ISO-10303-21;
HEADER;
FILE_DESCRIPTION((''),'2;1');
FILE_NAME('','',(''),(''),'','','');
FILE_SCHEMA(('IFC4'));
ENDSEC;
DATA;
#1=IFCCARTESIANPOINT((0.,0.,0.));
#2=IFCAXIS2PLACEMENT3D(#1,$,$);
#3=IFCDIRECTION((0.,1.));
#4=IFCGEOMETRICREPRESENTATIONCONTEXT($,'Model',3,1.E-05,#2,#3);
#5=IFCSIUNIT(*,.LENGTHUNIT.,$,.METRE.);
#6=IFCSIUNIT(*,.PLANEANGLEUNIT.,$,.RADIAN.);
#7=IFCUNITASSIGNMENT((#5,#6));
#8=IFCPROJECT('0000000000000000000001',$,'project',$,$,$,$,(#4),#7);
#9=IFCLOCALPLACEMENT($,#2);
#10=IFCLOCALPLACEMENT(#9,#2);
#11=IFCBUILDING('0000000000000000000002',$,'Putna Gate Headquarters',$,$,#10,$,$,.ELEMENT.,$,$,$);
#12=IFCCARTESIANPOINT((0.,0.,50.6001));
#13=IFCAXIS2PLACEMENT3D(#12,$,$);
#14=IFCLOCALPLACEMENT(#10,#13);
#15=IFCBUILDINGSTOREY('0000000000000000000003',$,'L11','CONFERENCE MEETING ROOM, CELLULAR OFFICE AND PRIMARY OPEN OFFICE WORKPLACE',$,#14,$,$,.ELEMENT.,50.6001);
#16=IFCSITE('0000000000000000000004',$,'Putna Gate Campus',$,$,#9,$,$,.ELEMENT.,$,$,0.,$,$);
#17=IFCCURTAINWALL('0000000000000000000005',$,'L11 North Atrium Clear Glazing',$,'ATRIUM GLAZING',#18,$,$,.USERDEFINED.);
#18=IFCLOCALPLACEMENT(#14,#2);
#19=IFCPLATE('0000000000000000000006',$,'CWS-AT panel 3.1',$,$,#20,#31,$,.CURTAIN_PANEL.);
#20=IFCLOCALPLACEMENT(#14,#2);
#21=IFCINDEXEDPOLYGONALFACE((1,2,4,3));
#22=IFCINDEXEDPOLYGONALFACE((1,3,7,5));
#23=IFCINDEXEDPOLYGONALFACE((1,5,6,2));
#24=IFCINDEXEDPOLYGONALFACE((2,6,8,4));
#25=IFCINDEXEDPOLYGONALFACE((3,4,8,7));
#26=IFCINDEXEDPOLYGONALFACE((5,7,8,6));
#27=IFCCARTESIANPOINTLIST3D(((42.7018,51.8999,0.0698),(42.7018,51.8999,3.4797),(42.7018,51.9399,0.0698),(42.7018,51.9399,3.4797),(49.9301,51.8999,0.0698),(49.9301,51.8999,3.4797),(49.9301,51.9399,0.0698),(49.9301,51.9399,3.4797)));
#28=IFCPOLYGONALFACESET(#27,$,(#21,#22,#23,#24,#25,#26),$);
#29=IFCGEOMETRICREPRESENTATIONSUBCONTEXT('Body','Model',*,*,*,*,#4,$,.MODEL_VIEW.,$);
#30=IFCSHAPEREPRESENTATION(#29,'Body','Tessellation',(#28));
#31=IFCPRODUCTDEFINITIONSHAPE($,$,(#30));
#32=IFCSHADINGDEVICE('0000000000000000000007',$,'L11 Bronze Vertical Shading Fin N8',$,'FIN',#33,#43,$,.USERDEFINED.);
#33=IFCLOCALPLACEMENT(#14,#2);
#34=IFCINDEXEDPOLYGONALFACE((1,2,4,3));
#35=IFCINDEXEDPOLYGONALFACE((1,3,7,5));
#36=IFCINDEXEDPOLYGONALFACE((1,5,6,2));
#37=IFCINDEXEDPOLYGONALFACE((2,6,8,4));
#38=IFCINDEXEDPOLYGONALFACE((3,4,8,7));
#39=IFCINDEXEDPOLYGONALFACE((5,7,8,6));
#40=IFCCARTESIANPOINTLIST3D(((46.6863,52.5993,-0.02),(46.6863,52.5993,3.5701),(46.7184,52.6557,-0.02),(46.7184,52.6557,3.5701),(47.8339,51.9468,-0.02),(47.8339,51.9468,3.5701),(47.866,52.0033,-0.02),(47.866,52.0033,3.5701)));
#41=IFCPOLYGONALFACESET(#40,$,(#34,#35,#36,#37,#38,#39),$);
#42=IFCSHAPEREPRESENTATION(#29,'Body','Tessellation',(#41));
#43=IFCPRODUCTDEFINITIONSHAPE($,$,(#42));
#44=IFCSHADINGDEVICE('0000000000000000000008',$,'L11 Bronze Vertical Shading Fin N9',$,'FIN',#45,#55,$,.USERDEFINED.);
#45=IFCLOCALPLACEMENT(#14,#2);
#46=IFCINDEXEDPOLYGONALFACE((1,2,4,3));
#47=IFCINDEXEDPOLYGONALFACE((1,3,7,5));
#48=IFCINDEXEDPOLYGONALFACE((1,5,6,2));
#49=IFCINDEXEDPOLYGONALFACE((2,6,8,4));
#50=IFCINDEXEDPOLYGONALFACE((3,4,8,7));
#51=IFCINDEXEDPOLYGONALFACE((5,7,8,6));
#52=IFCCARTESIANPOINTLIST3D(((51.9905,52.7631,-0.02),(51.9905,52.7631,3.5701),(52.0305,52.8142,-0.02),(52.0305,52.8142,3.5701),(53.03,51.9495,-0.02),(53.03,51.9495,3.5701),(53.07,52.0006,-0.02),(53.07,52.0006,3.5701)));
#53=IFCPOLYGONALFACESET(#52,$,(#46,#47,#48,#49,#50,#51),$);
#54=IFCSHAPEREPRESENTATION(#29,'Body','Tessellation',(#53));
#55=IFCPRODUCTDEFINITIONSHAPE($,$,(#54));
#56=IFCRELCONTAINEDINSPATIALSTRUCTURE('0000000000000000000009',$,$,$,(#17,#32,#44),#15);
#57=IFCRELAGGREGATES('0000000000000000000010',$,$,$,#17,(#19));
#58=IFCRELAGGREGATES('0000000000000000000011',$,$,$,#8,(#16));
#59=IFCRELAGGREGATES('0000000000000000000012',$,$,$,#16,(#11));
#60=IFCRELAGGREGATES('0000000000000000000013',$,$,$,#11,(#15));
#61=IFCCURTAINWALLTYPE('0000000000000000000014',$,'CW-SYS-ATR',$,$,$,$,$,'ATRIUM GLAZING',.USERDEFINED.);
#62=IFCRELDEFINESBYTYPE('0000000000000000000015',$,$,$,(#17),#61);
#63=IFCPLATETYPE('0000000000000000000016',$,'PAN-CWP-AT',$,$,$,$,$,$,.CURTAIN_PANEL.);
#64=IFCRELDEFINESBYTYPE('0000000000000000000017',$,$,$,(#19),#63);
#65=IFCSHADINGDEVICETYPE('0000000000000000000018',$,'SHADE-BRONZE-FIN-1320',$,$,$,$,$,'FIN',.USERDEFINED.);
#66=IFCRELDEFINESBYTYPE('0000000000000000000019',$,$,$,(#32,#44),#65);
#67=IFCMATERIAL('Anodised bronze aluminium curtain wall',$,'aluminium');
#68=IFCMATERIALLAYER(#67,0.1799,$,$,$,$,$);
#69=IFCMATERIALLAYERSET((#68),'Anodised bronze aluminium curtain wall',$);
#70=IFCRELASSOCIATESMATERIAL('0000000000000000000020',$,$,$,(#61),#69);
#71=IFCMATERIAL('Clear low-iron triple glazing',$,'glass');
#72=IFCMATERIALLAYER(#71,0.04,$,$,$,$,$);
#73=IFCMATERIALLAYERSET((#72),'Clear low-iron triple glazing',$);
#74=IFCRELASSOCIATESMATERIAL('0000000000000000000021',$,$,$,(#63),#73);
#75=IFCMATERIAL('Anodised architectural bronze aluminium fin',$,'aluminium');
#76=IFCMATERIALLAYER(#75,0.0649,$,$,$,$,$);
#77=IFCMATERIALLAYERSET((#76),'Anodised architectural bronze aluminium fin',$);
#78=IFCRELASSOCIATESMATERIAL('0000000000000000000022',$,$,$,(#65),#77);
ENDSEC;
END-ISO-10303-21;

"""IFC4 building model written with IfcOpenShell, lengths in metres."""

from ifc_helpers import new_model, si_unit, direction, frame, origin, origin_2d, place, context, subcontext, project, spatial, rectangle, extrude, material, layer, layer_set, type_object, element, aggregate, save


model = new_model("IFC4")

# Units and contexts
model_context = context("Model", 3, precision=1e-05, world=origin(), true_north=direction((0.0, 1.0)))
body_context = subcontext(model_context, "Body", "Model", "MODEL_VIEW")
ifc_project = project(units=[si_unit("LENGTHUNIT", "METRE"), si_unit("PLANEANGLEUNIT", "RADIAN")], contexts=[model_context])

# Site, building, storey
site_placement = place(None, origin())
site = spatial("IfcSite", under=ifc_project, at=site_placement, Name="Putna Gate Campus", CompositionType="ELEMENT", RefElevation=0.0)
building_placement = place(site_placement, origin())
building = spatial("IfcBuilding", under=site, at=building_placement, Name="Putna Gate Headquarters", CompositionType="ELEMENT")
storey_placement = place(building_placement, frame((0.0, 0.0, 50.6001)))
storey = spatial("IfcBuildingStorey", under=building, at=storey_placement, Name="L11", Description="CONFERENCE MEETING ROOM, CELLULAR OFFICE AND PRIMARY OPEN OFFICE WORKPLACE", CompositionType="ELEMENT", Elevation=50.6001)

# Shared definitions
ifc_material_1 = material(Name="Anodised bronze aluminium curtain wall", Category="aluminium")

# Curtain wall
ifc_layer_1 = layer(ifc_material_1, 0.1799)
ifc_layer_set_1 = layer_set([ifc_layer_1], Name="Anodised bronze aluminium curtain wall")
curtain_wall_type_1 = type_object("IfcCurtainWallType", Name="CW-SYS-ATR", ElementType="ATRIUM GLAZING", PredefinedType="USERDEFINED", material=ifc_layer_set_1)
curtain_wall_1_placement = place(storey_placement, origin())
curtain_wall_1 = element("IfcCurtainWall", 1, at=curtain_wall_1_placement, inside=storey, type_object=curtain_wall_type_1, Name="L11 North Atrium Clear Glazing", ObjectType="ATRIUM GLAZING", PredefinedType="USERDEFINED")

# Plate
ifc_material_2 = material(Name="Clear low-iron triple glazing", Category="glass")
ifc_layer_2 = layer(ifc_material_2, 0.04)
ifc_layer_set_2 = layer_set([ifc_layer_2], Name="Clear low-iron triple glazing")
plate_type_1 = type_object("IfcPlateType", Name="PAN-CWP-AT", PredefinedType="CURTAIN_PANEL", material=ifc_layer_set_2)
plate_1_placement = place(storey_placement, frame((46.3159, 51.9199, 0.0698), z_axis=(0.0, 0.0, 1.0), x_axis=(1.0, 0.0, 0.0)))
plate_1 = element("IfcPlate", 2, at=plate_1_placement, type_object=plate_type_1, Name="CWS-AT panel 3.1", PredefinedType="CURTAIN_PANEL", context=body_context, shape_type="SweptSolid", body=[
    extrude(rectangle(XDim=7.2283, YDim=0.04, at=origin_2d()), origin(), (0.0, 0.0, 1.0), 3.4099),
])
aggregate(curtain_wall_1, [plate_1])

# Shading devices
ifc_material_3 = material(Name="Anodised architectural bronze aluminium fin", Category="aluminium")
ifc_layer_3 = layer(ifc_material_3, 0.0649)
ifc_layer_set_3 = layer_set([ifc_layer_3], Name="Anodised architectural bronze aluminium fin")
shading_device_type = type_object("IfcShadingDeviceType", Name="SHADE-BRONZE-FIN-1320", ElementType="FIN", PredefinedType="USERDEFINED", material=ifc_layer_set_3)
for number, where, z_axis, x_axis, name in (
    (3, (47.2761, 52.3013, -0.02), (0.0, 0.0, 1.0), (-0.869322, 0.494245, 0.0), "L11 Bronze Vertical Shading Fin N8"),
    (4, (52.5303, 52.3818, -0.02), (0.0, 0.0, 1.0), (-0.787473, 0.616349, 0.0), "L11 Bronze Vertical Shading Fin N9"),
):
    element("IfcShadingDevice", number, at=place(storey_placement, frame(where, z_axis=z_axis, x_axis=x_axis)), inside=storey, type_object=shading_device_type, Name=name, ObjectType="FIN", PredefinedType="USERDEFINED", context=body_context, shape_type="SweptSolid", body=[
        extrude(rectangle(XDim=1.3201, YDim=0.0649, at=origin_2d()), origin(), (0.0, 0.0, 1.0), 3.5901),
    ])

save(model, "model.ifc")
